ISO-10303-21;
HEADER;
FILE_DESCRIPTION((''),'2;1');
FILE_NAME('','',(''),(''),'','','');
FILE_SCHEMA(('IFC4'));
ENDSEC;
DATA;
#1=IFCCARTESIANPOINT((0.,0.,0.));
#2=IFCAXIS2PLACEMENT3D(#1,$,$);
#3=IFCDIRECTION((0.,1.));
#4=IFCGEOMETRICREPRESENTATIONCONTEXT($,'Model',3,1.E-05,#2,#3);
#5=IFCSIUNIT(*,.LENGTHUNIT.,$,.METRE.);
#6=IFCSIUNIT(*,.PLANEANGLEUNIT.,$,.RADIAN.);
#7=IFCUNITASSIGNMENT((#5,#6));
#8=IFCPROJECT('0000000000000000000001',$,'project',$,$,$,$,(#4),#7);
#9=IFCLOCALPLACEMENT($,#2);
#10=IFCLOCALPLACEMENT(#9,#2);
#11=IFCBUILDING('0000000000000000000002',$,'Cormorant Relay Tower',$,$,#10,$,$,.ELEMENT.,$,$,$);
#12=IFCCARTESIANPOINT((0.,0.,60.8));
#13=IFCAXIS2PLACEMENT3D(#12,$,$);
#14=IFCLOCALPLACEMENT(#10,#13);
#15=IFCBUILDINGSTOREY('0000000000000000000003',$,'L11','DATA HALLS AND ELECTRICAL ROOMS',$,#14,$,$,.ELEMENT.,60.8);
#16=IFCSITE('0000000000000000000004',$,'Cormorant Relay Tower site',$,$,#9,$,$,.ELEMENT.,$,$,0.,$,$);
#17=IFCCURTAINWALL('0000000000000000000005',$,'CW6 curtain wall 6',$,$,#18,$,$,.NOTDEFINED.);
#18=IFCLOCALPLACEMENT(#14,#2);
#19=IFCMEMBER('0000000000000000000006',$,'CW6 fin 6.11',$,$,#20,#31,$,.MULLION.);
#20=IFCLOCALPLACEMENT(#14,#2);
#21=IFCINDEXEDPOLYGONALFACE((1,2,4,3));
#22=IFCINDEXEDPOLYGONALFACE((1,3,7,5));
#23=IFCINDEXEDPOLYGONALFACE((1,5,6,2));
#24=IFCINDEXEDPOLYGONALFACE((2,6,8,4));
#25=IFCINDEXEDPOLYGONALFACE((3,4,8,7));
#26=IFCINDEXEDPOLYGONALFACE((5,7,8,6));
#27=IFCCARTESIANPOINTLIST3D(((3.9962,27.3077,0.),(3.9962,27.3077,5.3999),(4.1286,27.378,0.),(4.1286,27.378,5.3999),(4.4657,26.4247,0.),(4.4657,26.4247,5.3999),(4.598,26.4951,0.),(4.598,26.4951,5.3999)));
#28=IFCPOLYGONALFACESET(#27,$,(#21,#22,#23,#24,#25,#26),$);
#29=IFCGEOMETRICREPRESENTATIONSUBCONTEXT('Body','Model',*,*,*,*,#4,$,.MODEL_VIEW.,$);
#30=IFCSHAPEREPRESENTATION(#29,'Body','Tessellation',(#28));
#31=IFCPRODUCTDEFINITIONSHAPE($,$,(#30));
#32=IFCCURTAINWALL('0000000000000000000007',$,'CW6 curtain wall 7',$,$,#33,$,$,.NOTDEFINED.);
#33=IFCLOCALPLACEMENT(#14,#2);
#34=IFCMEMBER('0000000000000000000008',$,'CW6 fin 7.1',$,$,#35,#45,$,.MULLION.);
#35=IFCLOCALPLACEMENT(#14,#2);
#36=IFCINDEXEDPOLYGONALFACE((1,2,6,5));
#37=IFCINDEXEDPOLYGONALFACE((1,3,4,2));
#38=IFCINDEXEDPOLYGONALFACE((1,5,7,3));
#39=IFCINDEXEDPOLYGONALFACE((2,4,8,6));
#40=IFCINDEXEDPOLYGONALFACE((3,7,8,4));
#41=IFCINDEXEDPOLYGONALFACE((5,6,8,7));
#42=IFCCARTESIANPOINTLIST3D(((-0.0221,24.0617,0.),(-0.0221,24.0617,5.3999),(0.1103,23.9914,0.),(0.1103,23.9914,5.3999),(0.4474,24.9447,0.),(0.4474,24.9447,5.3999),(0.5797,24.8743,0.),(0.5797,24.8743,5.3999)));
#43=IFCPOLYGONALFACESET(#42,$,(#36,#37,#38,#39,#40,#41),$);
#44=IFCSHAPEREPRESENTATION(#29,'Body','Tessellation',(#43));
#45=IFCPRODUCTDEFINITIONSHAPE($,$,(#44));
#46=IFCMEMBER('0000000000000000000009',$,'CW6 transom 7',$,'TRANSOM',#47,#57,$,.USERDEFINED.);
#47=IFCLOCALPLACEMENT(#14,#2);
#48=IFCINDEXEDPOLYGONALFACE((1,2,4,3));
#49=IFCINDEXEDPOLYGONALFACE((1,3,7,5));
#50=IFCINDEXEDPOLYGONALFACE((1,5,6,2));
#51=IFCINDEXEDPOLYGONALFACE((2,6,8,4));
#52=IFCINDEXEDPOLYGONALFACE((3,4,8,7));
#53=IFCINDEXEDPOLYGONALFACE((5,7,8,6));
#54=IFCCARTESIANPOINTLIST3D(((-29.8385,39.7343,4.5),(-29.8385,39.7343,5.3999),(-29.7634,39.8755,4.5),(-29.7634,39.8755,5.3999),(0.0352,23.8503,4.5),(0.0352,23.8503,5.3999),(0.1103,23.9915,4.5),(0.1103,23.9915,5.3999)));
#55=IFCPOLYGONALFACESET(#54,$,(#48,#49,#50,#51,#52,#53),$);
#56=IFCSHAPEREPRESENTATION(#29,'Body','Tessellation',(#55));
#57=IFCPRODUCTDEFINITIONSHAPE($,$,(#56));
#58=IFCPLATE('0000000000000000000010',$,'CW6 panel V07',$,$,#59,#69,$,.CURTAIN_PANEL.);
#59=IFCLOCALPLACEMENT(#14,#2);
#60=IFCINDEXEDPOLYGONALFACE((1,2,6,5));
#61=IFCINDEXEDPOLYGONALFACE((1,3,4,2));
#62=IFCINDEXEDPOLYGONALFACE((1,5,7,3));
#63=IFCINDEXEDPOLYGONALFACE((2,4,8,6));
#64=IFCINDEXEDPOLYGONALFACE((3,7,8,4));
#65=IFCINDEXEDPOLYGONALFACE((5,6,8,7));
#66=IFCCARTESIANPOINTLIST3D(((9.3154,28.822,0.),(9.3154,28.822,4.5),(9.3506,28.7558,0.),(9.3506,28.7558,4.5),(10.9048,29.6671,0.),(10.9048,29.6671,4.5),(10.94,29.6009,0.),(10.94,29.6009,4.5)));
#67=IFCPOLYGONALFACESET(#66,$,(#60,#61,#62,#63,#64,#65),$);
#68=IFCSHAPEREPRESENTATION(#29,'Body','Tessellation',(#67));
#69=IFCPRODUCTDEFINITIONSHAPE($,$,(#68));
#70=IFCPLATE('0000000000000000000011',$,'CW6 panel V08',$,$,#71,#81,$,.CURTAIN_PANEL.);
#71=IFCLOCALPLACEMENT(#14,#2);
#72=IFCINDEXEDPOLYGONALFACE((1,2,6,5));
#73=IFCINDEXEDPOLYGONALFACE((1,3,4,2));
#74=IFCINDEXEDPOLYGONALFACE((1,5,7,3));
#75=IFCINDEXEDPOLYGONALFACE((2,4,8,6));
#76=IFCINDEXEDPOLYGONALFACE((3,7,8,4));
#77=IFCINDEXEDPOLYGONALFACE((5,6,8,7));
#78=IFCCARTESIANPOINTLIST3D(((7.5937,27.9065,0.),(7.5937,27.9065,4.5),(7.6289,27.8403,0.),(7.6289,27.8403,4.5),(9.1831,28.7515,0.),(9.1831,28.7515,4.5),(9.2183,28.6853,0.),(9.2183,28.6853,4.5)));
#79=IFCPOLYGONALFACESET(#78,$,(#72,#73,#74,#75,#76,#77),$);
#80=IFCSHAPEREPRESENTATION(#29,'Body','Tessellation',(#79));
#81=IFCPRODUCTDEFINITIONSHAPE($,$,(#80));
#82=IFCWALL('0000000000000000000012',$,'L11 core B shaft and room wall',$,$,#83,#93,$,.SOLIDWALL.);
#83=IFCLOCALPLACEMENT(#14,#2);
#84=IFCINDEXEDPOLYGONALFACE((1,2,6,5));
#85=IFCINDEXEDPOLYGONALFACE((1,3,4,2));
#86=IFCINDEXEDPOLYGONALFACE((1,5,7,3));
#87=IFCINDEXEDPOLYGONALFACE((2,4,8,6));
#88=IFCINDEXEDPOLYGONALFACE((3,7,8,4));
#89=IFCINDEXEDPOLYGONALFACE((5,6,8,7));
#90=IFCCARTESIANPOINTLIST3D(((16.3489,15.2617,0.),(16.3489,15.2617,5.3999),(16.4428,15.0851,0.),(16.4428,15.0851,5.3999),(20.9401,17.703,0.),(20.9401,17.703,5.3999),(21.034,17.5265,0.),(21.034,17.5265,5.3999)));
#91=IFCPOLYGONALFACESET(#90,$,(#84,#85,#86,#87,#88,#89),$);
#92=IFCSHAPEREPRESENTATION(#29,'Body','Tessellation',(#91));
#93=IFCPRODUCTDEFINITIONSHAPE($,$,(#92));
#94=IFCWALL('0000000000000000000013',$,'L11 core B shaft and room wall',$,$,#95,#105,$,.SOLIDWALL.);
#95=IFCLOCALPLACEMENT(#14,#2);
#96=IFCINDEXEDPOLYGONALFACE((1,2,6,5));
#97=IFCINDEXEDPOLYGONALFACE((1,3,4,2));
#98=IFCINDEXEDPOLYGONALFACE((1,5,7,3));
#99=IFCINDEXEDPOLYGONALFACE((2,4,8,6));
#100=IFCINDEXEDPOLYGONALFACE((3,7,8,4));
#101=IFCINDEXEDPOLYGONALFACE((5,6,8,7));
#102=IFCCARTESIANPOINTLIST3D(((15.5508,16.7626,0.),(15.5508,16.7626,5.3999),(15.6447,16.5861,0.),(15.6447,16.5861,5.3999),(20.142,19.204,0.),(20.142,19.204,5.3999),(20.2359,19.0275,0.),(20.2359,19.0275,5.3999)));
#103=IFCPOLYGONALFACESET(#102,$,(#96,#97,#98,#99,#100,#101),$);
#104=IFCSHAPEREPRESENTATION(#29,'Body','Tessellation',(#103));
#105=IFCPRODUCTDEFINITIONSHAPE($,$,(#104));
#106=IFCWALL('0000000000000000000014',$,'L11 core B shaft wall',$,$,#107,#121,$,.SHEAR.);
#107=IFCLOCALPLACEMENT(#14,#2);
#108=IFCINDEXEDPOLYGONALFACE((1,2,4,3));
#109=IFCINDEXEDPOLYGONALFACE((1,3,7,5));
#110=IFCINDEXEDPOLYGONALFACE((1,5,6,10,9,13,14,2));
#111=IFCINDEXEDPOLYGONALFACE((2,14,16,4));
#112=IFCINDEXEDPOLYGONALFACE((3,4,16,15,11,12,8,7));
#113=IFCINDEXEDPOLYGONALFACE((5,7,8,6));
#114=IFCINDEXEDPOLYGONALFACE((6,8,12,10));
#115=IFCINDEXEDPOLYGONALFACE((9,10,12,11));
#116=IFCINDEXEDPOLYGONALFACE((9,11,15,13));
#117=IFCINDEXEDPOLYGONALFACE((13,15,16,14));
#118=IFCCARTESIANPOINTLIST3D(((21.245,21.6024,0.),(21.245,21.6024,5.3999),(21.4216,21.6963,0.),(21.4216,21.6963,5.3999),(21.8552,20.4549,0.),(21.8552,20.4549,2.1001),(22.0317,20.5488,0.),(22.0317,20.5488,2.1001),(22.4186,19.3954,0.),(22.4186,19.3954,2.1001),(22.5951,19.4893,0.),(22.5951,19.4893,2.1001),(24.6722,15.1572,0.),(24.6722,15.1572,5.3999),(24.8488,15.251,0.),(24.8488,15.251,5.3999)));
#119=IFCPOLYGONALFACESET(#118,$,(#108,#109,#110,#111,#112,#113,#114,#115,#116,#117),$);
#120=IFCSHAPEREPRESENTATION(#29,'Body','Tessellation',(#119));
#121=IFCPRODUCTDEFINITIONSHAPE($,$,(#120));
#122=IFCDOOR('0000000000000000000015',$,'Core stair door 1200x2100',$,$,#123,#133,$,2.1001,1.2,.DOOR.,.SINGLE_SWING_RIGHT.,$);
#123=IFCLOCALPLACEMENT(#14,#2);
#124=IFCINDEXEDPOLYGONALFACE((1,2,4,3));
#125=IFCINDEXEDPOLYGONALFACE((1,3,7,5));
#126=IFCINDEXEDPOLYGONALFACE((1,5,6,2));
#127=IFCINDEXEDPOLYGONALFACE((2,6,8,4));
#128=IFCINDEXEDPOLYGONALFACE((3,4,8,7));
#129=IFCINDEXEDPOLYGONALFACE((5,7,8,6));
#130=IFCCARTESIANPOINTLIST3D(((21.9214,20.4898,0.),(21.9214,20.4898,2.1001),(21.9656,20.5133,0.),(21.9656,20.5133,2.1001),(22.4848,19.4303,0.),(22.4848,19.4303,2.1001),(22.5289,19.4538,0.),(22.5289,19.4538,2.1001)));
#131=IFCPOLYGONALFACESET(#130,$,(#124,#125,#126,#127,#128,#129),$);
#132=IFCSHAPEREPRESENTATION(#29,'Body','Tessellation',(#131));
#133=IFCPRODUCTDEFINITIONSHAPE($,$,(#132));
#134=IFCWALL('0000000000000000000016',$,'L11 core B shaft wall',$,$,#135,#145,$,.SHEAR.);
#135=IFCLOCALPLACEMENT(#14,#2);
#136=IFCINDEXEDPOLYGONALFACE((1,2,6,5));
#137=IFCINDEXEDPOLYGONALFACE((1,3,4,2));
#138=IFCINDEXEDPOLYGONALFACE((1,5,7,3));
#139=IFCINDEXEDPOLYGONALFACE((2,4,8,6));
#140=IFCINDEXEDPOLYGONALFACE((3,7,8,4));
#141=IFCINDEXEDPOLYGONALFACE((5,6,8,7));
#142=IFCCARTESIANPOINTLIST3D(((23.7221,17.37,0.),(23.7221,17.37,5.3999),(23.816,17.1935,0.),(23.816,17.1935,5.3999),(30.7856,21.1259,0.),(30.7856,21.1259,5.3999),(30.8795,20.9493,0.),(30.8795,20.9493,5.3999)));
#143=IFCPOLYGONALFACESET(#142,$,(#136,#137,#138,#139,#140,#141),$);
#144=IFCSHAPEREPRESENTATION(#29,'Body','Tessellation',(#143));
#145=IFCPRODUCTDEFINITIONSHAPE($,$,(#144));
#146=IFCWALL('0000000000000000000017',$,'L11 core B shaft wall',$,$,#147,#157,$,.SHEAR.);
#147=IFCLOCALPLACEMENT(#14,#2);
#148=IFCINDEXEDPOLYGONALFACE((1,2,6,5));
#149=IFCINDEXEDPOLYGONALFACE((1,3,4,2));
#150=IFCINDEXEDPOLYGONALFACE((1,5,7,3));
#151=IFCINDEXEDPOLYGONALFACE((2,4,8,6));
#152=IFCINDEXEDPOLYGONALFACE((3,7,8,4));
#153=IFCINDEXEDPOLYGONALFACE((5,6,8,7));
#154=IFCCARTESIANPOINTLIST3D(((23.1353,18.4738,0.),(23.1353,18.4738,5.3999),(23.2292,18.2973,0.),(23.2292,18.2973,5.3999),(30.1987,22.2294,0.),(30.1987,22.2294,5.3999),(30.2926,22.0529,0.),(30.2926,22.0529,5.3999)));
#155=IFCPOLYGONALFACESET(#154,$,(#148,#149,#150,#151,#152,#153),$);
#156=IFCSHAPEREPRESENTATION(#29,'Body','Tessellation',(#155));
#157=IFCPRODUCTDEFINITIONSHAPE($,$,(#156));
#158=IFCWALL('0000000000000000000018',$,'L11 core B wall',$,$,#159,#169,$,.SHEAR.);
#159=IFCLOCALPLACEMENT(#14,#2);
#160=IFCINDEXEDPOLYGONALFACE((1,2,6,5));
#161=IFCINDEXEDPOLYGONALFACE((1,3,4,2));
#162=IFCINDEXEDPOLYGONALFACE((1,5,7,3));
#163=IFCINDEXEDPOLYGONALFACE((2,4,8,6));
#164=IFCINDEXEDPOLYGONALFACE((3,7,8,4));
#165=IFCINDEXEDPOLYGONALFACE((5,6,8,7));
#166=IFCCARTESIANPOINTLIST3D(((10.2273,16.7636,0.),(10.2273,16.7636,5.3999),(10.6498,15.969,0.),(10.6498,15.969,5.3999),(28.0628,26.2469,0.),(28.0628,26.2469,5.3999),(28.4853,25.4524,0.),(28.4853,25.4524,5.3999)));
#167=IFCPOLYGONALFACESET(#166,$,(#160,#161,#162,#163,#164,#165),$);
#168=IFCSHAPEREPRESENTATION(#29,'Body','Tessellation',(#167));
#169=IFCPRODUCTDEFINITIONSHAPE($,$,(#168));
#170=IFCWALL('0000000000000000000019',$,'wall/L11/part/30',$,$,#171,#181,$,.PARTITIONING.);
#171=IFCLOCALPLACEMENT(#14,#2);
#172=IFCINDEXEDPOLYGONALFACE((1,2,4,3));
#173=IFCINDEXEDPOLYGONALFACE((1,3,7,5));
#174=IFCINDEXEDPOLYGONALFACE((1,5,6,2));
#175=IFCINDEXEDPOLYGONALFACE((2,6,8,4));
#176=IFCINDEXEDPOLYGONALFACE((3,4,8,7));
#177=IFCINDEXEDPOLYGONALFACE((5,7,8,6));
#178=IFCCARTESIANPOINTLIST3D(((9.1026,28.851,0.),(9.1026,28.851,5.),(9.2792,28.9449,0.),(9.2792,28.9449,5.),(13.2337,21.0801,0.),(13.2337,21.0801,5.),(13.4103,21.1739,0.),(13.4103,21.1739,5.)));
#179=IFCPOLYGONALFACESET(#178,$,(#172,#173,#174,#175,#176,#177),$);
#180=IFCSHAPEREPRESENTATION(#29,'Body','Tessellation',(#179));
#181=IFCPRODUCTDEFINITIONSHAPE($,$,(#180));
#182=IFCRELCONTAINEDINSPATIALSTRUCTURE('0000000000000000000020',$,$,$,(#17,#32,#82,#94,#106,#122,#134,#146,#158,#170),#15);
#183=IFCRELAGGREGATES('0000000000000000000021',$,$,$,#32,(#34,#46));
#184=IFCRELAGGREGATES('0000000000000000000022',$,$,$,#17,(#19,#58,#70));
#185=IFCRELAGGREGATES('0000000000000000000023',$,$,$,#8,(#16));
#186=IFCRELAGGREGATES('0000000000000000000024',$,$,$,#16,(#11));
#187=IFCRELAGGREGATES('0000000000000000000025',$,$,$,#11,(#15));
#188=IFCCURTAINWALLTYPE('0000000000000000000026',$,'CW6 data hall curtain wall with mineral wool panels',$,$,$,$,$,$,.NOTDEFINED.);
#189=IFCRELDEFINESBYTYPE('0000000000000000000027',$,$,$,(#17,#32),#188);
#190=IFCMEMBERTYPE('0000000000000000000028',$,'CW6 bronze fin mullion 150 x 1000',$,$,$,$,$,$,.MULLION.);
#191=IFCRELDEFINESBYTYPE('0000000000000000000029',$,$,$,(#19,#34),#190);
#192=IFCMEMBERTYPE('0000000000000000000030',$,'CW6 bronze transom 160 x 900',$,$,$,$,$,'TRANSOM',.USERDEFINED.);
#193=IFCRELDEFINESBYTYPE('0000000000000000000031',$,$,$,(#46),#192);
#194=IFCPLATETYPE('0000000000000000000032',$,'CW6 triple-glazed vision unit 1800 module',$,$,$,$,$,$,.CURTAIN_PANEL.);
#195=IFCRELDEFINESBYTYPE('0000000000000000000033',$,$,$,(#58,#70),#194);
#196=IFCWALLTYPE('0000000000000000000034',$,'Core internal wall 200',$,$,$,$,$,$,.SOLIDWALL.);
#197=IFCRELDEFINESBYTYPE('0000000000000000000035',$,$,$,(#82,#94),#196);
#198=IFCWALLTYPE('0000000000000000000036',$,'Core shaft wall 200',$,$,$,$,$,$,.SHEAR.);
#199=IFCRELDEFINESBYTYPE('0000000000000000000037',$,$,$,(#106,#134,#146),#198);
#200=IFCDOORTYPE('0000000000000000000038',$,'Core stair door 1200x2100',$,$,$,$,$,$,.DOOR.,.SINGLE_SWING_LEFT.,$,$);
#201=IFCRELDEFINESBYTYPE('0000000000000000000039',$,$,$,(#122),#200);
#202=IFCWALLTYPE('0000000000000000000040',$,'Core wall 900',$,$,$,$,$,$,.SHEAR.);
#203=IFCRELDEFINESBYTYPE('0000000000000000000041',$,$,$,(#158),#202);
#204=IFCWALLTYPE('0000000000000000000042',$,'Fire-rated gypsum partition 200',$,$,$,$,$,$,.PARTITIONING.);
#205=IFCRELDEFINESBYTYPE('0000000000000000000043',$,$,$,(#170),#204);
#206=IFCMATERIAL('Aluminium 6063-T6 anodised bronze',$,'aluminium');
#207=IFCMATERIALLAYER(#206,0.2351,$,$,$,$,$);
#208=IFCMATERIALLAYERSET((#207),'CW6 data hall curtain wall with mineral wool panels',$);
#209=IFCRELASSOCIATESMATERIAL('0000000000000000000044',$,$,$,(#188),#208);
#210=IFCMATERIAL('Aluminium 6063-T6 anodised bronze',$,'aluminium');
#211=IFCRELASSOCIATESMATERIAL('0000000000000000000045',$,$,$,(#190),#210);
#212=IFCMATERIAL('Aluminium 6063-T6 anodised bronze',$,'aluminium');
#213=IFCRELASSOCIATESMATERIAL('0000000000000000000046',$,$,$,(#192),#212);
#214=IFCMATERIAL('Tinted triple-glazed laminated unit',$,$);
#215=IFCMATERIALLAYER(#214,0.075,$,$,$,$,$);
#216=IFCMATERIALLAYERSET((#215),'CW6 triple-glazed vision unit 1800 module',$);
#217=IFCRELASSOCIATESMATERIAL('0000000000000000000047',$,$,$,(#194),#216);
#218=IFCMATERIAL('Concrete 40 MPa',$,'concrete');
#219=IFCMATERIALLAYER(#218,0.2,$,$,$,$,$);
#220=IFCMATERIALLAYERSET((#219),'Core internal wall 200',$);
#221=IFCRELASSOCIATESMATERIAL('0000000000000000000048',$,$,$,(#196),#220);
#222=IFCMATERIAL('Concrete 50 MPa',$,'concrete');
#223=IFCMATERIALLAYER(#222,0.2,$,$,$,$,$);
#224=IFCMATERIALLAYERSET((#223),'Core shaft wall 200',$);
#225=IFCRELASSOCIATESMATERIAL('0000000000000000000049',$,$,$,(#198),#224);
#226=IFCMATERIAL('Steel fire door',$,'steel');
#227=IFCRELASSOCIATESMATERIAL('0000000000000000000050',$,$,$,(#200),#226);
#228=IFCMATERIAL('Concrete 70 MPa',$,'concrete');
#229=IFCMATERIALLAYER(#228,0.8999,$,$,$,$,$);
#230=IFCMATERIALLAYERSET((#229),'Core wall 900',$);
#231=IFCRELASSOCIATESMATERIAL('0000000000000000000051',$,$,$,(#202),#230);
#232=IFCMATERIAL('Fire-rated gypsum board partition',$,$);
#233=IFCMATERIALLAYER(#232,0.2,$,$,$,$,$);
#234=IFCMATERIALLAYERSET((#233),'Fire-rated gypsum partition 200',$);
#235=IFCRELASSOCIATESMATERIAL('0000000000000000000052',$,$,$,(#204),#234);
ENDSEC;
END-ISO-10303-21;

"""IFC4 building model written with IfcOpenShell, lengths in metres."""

from ifc_helpers import new_model, si_unit, direction, frame, frame_2d, origin, origin_2d, place, context, subcontext, project, spatial, rectangle, extrude, material, layer, layer_set, material_profile, profile_set, type_object, element, fill, aggregate, save


model = new_model("IFC4")

# Units and contexts
model_context = context("Model", 3, precision=1e-05, world=origin(), true_north=direction((0.0, 1.0)))
body_context = subcontext(model_context, "Body", "Model", "MODEL_VIEW")
ifc_project = project(units=[si_unit("LENGTHUNIT", "METRE"), si_unit("PLANEANGLEUNIT", "RADIAN")], contexts=[model_context])

# Site, building, storey
site_placement = place(None, origin())
site = spatial("IfcSite", under=ifc_project, at=site_placement, Name="Cormorant Relay Tower site", CompositionType="ELEMENT", RefElevation=0.0)
building_placement = place(site_placement, origin())
building = spatial("IfcBuilding", under=site, at=building_placement, Name="Cormorant Relay Tower", CompositionType="ELEMENT")
storey_placement = place(building_placement, frame((0.0, 0.0, 60.8)))
storey = spatial("IfcBuildingStorey", under=building, at=storey_placement, Name="L11", Description="DATA HALLS AND ELECTRICAL ROOMS", CompositionType="ELEMENT", Elevation=60.8)

# Curtain walls, members
ifc_material_1 = material(Name="Aluminium 6063-T6 anodised bronze", Category="aluminium")
ifc_layer_1 = layer(ifc_material_1, 0.2351)
ifc_layer_set_1 = layer_set([ifc_layer_1], Name="CW6 data hall curtain wall with mineral wool panels")
curtain_wall_type = type_object("IfcCurtainWallType", Name="CW6 data hall curtain wall with mineral wool panels", PredefinedType="NOTDEFINED", material=ifc_layer_set_1)
curtain_wall_1_placement = place(storey_placement, origin())
curtain_wall_1 = element("IfcCurtainWall", 1, at=curtain_wall_1_placement, inside=storey, type_object=curtain_wall_type, Name="CW6 curtain wall 6", PredefinedType="NOTDEFINED")
ifc_material_2 = material(Name="Aluminium 6063-T6 anodised bronze", Category="aluminium")
ifc_material_profile_1 = material_profile(ifc_material_2, rectangle(XDim=0.1499, YDim=1.0, at=origin_2d()), Name="AL 150x1000")
ifc_profile_set_1 = profile_set([ifc_material_profile_1], Name="Aluminium 6063-T6 anodised bronze")
member_type_1 = type_object("IfcMemberType", Name="CW6 bronze fin mullion 150 x 1000", PredefinedType="MULLION", material=ifc_profile_set_1)
member_1_placement = place(storey_placement, frame((4.2971, 26.9014, 0.0), z_axis=(0.0, 0.0, 1.0), x_axis=(-0.882948, -0.469472, 0.0)))
member_1 = element("IfcMember", 2, at=member_1_placement, type_object=member_type_1, Name="CW6 fin 6.11", PredefinedType="MULLION", context=body_context, shape_type="SweptSolid", body=[
    extrude(rectangle(XDim=0.1499, YDim=1.0, at=origin_2d()), origin(), (0.0, 0.0, 1.0), 5.3999),
])
curtain_wall_2_placement = place(storey_placement, origin())
curtain_wall_2 = element("IfcCurtainWall", 3, at=curtain_wall_2_placement, inside=storey, type_object=curtain_wall_type, Name="CW6 curtain wall 7", PredefinedType="NOTDEFINED")
member_2_placement = place(storey_placement, frame((0.2788, 24.468, 0.0), z_axis=(0.0, 0.0, 1.0), x_axis=(-0.882948, 0.469472, 0.0)))
member_2 = element("IfcMember", 4, at=member_2_placement, type_object=member_type_1, Name="CW6 fin 7.1", PredefinedType="MULLION", context=body_context, shape_type="SweptSolid", body=[
    extrude(rectangle(XDim=0.1499, YDim=1.0, at=origin_2d()), origin(), (0.0, 0.0, 1.0), 5.3999),
])
ifc_material_3 = material(Name="Aluminium 6063-T6 anodised bronze", Category="aluminium")
ifc_material_profile_2 = material_profile(ifc_material_3, rectangle(XDim=0.1599, YDim=0.8999, at=origin_2d()), Name="AL 160x900")
ifc_profile_set_2 = profile_set([ifc_material_profile_2], Name="Aluminium 6063-T6 anodised bronze")
member_type_2 = type_object("IfcMemberType", Name="CW6 bronze transom 160 x 900", ElementType="TRANSOM", PredefinedType="USERDEFINED", material=ifc_profile_set_2)
member_3_placement = place(storey_placement, frame((0.0728, 23.9209, 4.95), z_axis=(-0.882949, 0.469468, 0.0), x_axis=(-0.469468, -0.882949, 0.0)))
member_3 = element("IfcMember", 5, at=member_3_placement, type_object=member_type_2, Name="CW6 transom 7", ObjectType="TRANSOM", PredefinedType="USERDEFINED", context=body_context, shape_type="SweptSolid", body=[
    extrude(rectangle(XDim=0.1599, YDim=0.8999, at=origin_2d()), origin(), (0.0, 0.0, 1.0), 33.834),
])
aggregate(curtain_wall_2, [member_2, member_3])

# Plates
ifc_material_4 = material(Name="Tinted triple-glazed laminated unit")
ifc_layer_2 = layer(ifc_material_4, 0.075)
ifc_layer_set_2 = layer_set([ifc_layer_2], Name="CW6 triple-glazed vision unit 1800 module")
plate_type = type_object("IfcPlateType", Name="CW6 triple-glazed vision unit 1800 module", PredefinedType="CURTAIN_PANEL", material=ifc_layer_set_2)
plate_1_placement = place(storey_placement, frame((10.1277, 29.2114, 0.0), z_axis=(0.0, 0.0, 1.0), x_axis=(-0.882948, -0.469472, 0.0)))
plate_1 = element("IfcPlate", 6, at=plate_1_placement, type_object=plate_type, Name="CW6 panel V07", PredefinedType="CURTAIN_PANEL", context=body_context, shape_type="SweptSolid", body=[
    extrude(rectangle(XDim=1.8, YDim=0.075, at=origin_2d()), origin(), (0.0, 0.0, 1.0), 4.5),
])
plate_2_placement = place(storey_placement, frame((8.406, 28.2959, 0.0), z_axis=(0.0, 0.0, 1.0), x_axis=(-0.882948, -0.469472, 0.0)))
plate_2 = element("IfcPlate", 7, at=plate_2_placement, type_object=plate_type, Name="CW6 panel V08", PredefinedType="CURTAIN_PANEL", context=body_context, shape_type="SweptSolid", body=[
    extrude(rectangle(XDim=1.8, YDim=0.075, at=origin_2d()), origin(), (0.0, 0.0, 1.0), 4.5),
])

# Walls
ifc_material_5 = material(Name="Concrete 40 MPa", Category="concrete")
ifc_layer_3 = layer(ifc_material_5, 0.2)
ifc_layer_set_3 = layer_set([ifc_layer_3], Name="Core internal wall 200")
wall_type_1 = type_object("IfcWallType", Name="Core internal wall 200", PredefinedType="SOLIDWALL", material=ifc_layer_set_3)
for number, where, z_axis, x_axis, name in (
    (8, (16.3958, 15.1733, 0.0), (0.0, 0.0, 1.0), (0.882935, 0.469496, 0.0), "L11 core B shaft and room wall"),
    (9, (15.5977, 16.6743, 0.0), (0.0, 0.0, 1.0), (0.882935, 0.469496, 0.0), "L11 core B shaft and room wall"),
):
    element("IfcWall", number, at=place(storey_placement, frame(where, z_axis=z_axis, x_axis=x_axis)), inside=storey, type_object=wall_type_1, Name=name, PredefinedType="SOLIDWALL", context=body_context, shape_type="SweptSolid", body=[
        extrude(rectangle(XDim=5.2, YDim=0.2, at=frame_2d((2.6001, 0.0))), origin(), (0.0, 0.0, 1.0), 5.3999),
    ])

# Wall, opening, door
ifc_material_6 = material(Name="Concrete 50 MPa", Category="concrete")
ifc_layer_4 = layer(ifc_material_6, 0.2)
ifc_layer_set_4 = layer_set([ifc_layer_4], Name="Core shaft wall 200")
wall_type_2 = type_object("IfcWallType", Name="Core shaft wall 200", PredefinedType="SHEAR", material=ifc_layer_set_4)
wall_1_placement = place(storey_placement, frame((24.7605, 15.2041, 0.0), z_axis=(0.0, 0.0, 1.0), x_axis=(-0.469494, 0.882936, 0.0)))
wall_1 = element("IfcWall", 10, at=wall_1_placement, inside=storey, type_object=wall_type_2, Name="L11 core B shaft wall", PredefinedType="SHEAR", context=body_context, shape_type="SweptSolid", body=[
    extrude(rectangle(XDim=7.2998, YDim=0.2, at=frame_2d((3.6499, 0.0))), origin(), (0.0, 0.0, 1.0), 5.3999),
])
opening_placement = place(wall_1_placement, frame((4.8, 0.0, 0.0)))
opening = element("IfcOpeningElement", 11, at=opening_placement, cuts=wall_1, PredefinedType="OPENING", context=body_context, shape_type="SweptSolid", body=[
    extrude(rectangle(XDim=1.2, YDim=2.1001, at=frame_2d((0.6001, 1.05))), frame((0.0, 0.1099, 0.0), z_axis=(0.0, -1.0, 0.0), x_axis=(1.0, 0.0, 0.0)), (0.0, 0.0, 1.0), 0.22),
])
ifc_material_7 = material(Name="Steel fire door", Category="steel")
door_type = type_object("IfcDoorType", Name="Core stair door 1200x2100", OperationType="SINGLE_SWING_LEFT", PredefinedType="DOOR", material=ifc_material_7)
door_placement = place(opening_placement, frame((1.2, 0.0, 0.0), z_axis=(0.0, 0.0, 1.0), x_axis=(-1.0, 0.0, 0.0)))
door = element("IfcDoor", 12, at=door_placement, inside=storey, type_object=door_type, Name="Core stair door 1200x2100", OperationType="SINGLE_SWING_RIGHT", OverallHeight=2.1001, OverallWidth=1.2, PredefinedType="DOOR", context=body_context, shape_type="SweptSolid", body=[
    extrude(rectangle(XDim=1.2, YDim=2.1001, at=frame_2d((0.6001, 1.05))), frame((0.0, 0.0249, 0.0), z_axis=(0.0, -1.0, 0.0), x_axis=(1.0, 0.0, 0.0)), (0.0, 0.0, 1.0), 0.05),
])
fill(opening, door)

# Walls
wall_2_placement = place(storey_placement, frame((23.769, 17.2817, 0.0), z_axis=(0.0, 0.0, 1.0), x_axis=(0.88294, 0.469485, 0.0)))
element("IfcWall", 13, at=wall_2_placement, inside=storey, type_object=wall_type_2, Name="L11 core B shaft wall", PredefinedType="SHEAR", context=body_context, shape_type="SweptSolid", body=[
    extrude(rectangle(XDim=8.0, YDim=0.2, at=frame_2d((4.0, 0.0))), origin(), (0.0, 0.0, 1.0), 5.3999),
])
wall_3_placement = place(storey_placement, frame((23.1821, 18.3855, 0.0), z_axis=(0.0, 0.0, 1.0), x_axis=(0.882953, 0.469462, 0.0)))
element("IfcWall", 14, at=wall_3_placement, inside=storey, type_object=wall_type_2, Name="L11 core B shaft wall", PredefinedType="SHEAR", context=body_context, shape_type="SweptSolid", body=[
    extrude(rectangle(XDim=7.9998, YDim=0.2, at=frame_2d((4.0, 0.0))), origin(), (0.0, 0.0, 1.0), 5.3999),
])
ifc_material_8 = material(Name="Concrete 70 MPa", Category="concrete")
ifc_layer_5 = layer(ifc_material_8, 0.8999)
ifc_layer_set_5 = layer_set([ifc_layer_5], Name="Core wall 900")
wall_type_3 = type_object("IfcWallType", Name="Core wall 900", PredefinedType="SHEAR", material=ifc_layer_set_5)
wall_4_placement = place(storey_placement, frame((10.4385, 16.3662, 0.0), z_axis=(0.0, 0.0, 1.0), x_axis=(0.882945, 0.469476, 0.0)))
element("IfcWall", 15, at=wall_4_placement, inside=storey, type_object=wall_type_3, Name="L11 core B wall", PredefinedType="SHEAR", context=body_context, shape_type="SweptSolid", body=[
    extrude(rectangle(XDim=20.2, YDim=0.8999, at=frame_2d((10.1001, 0.0))), origin(), (0.0, 0.0, 1.0), 5.3999),
])
ifc_material_9 = material(Name="Fire-rated gypsum board partition")
ifc_layer_6 = layer(ifc_material_9, 0.2)
ifc_layer_set_6 = layer_set([ifc_layer_6], Name="Fire-rated gypsum partition 200")
wall_type_4 = type_object("IfcWallType", Name="Fire-rated gypsum partition 200", PredefinedType="PARTITIONING", material=ifc_layer_set_6)
wall_5_placement = place(storey_placement, frame((9.1909, 28.8979, 0.0), z_axis=(0.0, 0.0, 1.0), x_axis=(0.4694, -0.882986, 0.0)))
element("IfcWall", 16, at=wall_5_placement, inside=storey, type_object=wall_type_4, Name="wall/L11/part/30", PredefinedType="PARTITIONING", context=body_context, shape_type="SweptSolid", body=[
    extrude(rectangle(XDim=8.8008, YDim=0.2, at=frame_2d((4.4004, 0.0))), origin(), (0.0, 0.0, 1.0), 5.0),
])

aggregate(curtain_wall_1, [member_1, plate_1, plate_2])

save(model, "model.ifc")
